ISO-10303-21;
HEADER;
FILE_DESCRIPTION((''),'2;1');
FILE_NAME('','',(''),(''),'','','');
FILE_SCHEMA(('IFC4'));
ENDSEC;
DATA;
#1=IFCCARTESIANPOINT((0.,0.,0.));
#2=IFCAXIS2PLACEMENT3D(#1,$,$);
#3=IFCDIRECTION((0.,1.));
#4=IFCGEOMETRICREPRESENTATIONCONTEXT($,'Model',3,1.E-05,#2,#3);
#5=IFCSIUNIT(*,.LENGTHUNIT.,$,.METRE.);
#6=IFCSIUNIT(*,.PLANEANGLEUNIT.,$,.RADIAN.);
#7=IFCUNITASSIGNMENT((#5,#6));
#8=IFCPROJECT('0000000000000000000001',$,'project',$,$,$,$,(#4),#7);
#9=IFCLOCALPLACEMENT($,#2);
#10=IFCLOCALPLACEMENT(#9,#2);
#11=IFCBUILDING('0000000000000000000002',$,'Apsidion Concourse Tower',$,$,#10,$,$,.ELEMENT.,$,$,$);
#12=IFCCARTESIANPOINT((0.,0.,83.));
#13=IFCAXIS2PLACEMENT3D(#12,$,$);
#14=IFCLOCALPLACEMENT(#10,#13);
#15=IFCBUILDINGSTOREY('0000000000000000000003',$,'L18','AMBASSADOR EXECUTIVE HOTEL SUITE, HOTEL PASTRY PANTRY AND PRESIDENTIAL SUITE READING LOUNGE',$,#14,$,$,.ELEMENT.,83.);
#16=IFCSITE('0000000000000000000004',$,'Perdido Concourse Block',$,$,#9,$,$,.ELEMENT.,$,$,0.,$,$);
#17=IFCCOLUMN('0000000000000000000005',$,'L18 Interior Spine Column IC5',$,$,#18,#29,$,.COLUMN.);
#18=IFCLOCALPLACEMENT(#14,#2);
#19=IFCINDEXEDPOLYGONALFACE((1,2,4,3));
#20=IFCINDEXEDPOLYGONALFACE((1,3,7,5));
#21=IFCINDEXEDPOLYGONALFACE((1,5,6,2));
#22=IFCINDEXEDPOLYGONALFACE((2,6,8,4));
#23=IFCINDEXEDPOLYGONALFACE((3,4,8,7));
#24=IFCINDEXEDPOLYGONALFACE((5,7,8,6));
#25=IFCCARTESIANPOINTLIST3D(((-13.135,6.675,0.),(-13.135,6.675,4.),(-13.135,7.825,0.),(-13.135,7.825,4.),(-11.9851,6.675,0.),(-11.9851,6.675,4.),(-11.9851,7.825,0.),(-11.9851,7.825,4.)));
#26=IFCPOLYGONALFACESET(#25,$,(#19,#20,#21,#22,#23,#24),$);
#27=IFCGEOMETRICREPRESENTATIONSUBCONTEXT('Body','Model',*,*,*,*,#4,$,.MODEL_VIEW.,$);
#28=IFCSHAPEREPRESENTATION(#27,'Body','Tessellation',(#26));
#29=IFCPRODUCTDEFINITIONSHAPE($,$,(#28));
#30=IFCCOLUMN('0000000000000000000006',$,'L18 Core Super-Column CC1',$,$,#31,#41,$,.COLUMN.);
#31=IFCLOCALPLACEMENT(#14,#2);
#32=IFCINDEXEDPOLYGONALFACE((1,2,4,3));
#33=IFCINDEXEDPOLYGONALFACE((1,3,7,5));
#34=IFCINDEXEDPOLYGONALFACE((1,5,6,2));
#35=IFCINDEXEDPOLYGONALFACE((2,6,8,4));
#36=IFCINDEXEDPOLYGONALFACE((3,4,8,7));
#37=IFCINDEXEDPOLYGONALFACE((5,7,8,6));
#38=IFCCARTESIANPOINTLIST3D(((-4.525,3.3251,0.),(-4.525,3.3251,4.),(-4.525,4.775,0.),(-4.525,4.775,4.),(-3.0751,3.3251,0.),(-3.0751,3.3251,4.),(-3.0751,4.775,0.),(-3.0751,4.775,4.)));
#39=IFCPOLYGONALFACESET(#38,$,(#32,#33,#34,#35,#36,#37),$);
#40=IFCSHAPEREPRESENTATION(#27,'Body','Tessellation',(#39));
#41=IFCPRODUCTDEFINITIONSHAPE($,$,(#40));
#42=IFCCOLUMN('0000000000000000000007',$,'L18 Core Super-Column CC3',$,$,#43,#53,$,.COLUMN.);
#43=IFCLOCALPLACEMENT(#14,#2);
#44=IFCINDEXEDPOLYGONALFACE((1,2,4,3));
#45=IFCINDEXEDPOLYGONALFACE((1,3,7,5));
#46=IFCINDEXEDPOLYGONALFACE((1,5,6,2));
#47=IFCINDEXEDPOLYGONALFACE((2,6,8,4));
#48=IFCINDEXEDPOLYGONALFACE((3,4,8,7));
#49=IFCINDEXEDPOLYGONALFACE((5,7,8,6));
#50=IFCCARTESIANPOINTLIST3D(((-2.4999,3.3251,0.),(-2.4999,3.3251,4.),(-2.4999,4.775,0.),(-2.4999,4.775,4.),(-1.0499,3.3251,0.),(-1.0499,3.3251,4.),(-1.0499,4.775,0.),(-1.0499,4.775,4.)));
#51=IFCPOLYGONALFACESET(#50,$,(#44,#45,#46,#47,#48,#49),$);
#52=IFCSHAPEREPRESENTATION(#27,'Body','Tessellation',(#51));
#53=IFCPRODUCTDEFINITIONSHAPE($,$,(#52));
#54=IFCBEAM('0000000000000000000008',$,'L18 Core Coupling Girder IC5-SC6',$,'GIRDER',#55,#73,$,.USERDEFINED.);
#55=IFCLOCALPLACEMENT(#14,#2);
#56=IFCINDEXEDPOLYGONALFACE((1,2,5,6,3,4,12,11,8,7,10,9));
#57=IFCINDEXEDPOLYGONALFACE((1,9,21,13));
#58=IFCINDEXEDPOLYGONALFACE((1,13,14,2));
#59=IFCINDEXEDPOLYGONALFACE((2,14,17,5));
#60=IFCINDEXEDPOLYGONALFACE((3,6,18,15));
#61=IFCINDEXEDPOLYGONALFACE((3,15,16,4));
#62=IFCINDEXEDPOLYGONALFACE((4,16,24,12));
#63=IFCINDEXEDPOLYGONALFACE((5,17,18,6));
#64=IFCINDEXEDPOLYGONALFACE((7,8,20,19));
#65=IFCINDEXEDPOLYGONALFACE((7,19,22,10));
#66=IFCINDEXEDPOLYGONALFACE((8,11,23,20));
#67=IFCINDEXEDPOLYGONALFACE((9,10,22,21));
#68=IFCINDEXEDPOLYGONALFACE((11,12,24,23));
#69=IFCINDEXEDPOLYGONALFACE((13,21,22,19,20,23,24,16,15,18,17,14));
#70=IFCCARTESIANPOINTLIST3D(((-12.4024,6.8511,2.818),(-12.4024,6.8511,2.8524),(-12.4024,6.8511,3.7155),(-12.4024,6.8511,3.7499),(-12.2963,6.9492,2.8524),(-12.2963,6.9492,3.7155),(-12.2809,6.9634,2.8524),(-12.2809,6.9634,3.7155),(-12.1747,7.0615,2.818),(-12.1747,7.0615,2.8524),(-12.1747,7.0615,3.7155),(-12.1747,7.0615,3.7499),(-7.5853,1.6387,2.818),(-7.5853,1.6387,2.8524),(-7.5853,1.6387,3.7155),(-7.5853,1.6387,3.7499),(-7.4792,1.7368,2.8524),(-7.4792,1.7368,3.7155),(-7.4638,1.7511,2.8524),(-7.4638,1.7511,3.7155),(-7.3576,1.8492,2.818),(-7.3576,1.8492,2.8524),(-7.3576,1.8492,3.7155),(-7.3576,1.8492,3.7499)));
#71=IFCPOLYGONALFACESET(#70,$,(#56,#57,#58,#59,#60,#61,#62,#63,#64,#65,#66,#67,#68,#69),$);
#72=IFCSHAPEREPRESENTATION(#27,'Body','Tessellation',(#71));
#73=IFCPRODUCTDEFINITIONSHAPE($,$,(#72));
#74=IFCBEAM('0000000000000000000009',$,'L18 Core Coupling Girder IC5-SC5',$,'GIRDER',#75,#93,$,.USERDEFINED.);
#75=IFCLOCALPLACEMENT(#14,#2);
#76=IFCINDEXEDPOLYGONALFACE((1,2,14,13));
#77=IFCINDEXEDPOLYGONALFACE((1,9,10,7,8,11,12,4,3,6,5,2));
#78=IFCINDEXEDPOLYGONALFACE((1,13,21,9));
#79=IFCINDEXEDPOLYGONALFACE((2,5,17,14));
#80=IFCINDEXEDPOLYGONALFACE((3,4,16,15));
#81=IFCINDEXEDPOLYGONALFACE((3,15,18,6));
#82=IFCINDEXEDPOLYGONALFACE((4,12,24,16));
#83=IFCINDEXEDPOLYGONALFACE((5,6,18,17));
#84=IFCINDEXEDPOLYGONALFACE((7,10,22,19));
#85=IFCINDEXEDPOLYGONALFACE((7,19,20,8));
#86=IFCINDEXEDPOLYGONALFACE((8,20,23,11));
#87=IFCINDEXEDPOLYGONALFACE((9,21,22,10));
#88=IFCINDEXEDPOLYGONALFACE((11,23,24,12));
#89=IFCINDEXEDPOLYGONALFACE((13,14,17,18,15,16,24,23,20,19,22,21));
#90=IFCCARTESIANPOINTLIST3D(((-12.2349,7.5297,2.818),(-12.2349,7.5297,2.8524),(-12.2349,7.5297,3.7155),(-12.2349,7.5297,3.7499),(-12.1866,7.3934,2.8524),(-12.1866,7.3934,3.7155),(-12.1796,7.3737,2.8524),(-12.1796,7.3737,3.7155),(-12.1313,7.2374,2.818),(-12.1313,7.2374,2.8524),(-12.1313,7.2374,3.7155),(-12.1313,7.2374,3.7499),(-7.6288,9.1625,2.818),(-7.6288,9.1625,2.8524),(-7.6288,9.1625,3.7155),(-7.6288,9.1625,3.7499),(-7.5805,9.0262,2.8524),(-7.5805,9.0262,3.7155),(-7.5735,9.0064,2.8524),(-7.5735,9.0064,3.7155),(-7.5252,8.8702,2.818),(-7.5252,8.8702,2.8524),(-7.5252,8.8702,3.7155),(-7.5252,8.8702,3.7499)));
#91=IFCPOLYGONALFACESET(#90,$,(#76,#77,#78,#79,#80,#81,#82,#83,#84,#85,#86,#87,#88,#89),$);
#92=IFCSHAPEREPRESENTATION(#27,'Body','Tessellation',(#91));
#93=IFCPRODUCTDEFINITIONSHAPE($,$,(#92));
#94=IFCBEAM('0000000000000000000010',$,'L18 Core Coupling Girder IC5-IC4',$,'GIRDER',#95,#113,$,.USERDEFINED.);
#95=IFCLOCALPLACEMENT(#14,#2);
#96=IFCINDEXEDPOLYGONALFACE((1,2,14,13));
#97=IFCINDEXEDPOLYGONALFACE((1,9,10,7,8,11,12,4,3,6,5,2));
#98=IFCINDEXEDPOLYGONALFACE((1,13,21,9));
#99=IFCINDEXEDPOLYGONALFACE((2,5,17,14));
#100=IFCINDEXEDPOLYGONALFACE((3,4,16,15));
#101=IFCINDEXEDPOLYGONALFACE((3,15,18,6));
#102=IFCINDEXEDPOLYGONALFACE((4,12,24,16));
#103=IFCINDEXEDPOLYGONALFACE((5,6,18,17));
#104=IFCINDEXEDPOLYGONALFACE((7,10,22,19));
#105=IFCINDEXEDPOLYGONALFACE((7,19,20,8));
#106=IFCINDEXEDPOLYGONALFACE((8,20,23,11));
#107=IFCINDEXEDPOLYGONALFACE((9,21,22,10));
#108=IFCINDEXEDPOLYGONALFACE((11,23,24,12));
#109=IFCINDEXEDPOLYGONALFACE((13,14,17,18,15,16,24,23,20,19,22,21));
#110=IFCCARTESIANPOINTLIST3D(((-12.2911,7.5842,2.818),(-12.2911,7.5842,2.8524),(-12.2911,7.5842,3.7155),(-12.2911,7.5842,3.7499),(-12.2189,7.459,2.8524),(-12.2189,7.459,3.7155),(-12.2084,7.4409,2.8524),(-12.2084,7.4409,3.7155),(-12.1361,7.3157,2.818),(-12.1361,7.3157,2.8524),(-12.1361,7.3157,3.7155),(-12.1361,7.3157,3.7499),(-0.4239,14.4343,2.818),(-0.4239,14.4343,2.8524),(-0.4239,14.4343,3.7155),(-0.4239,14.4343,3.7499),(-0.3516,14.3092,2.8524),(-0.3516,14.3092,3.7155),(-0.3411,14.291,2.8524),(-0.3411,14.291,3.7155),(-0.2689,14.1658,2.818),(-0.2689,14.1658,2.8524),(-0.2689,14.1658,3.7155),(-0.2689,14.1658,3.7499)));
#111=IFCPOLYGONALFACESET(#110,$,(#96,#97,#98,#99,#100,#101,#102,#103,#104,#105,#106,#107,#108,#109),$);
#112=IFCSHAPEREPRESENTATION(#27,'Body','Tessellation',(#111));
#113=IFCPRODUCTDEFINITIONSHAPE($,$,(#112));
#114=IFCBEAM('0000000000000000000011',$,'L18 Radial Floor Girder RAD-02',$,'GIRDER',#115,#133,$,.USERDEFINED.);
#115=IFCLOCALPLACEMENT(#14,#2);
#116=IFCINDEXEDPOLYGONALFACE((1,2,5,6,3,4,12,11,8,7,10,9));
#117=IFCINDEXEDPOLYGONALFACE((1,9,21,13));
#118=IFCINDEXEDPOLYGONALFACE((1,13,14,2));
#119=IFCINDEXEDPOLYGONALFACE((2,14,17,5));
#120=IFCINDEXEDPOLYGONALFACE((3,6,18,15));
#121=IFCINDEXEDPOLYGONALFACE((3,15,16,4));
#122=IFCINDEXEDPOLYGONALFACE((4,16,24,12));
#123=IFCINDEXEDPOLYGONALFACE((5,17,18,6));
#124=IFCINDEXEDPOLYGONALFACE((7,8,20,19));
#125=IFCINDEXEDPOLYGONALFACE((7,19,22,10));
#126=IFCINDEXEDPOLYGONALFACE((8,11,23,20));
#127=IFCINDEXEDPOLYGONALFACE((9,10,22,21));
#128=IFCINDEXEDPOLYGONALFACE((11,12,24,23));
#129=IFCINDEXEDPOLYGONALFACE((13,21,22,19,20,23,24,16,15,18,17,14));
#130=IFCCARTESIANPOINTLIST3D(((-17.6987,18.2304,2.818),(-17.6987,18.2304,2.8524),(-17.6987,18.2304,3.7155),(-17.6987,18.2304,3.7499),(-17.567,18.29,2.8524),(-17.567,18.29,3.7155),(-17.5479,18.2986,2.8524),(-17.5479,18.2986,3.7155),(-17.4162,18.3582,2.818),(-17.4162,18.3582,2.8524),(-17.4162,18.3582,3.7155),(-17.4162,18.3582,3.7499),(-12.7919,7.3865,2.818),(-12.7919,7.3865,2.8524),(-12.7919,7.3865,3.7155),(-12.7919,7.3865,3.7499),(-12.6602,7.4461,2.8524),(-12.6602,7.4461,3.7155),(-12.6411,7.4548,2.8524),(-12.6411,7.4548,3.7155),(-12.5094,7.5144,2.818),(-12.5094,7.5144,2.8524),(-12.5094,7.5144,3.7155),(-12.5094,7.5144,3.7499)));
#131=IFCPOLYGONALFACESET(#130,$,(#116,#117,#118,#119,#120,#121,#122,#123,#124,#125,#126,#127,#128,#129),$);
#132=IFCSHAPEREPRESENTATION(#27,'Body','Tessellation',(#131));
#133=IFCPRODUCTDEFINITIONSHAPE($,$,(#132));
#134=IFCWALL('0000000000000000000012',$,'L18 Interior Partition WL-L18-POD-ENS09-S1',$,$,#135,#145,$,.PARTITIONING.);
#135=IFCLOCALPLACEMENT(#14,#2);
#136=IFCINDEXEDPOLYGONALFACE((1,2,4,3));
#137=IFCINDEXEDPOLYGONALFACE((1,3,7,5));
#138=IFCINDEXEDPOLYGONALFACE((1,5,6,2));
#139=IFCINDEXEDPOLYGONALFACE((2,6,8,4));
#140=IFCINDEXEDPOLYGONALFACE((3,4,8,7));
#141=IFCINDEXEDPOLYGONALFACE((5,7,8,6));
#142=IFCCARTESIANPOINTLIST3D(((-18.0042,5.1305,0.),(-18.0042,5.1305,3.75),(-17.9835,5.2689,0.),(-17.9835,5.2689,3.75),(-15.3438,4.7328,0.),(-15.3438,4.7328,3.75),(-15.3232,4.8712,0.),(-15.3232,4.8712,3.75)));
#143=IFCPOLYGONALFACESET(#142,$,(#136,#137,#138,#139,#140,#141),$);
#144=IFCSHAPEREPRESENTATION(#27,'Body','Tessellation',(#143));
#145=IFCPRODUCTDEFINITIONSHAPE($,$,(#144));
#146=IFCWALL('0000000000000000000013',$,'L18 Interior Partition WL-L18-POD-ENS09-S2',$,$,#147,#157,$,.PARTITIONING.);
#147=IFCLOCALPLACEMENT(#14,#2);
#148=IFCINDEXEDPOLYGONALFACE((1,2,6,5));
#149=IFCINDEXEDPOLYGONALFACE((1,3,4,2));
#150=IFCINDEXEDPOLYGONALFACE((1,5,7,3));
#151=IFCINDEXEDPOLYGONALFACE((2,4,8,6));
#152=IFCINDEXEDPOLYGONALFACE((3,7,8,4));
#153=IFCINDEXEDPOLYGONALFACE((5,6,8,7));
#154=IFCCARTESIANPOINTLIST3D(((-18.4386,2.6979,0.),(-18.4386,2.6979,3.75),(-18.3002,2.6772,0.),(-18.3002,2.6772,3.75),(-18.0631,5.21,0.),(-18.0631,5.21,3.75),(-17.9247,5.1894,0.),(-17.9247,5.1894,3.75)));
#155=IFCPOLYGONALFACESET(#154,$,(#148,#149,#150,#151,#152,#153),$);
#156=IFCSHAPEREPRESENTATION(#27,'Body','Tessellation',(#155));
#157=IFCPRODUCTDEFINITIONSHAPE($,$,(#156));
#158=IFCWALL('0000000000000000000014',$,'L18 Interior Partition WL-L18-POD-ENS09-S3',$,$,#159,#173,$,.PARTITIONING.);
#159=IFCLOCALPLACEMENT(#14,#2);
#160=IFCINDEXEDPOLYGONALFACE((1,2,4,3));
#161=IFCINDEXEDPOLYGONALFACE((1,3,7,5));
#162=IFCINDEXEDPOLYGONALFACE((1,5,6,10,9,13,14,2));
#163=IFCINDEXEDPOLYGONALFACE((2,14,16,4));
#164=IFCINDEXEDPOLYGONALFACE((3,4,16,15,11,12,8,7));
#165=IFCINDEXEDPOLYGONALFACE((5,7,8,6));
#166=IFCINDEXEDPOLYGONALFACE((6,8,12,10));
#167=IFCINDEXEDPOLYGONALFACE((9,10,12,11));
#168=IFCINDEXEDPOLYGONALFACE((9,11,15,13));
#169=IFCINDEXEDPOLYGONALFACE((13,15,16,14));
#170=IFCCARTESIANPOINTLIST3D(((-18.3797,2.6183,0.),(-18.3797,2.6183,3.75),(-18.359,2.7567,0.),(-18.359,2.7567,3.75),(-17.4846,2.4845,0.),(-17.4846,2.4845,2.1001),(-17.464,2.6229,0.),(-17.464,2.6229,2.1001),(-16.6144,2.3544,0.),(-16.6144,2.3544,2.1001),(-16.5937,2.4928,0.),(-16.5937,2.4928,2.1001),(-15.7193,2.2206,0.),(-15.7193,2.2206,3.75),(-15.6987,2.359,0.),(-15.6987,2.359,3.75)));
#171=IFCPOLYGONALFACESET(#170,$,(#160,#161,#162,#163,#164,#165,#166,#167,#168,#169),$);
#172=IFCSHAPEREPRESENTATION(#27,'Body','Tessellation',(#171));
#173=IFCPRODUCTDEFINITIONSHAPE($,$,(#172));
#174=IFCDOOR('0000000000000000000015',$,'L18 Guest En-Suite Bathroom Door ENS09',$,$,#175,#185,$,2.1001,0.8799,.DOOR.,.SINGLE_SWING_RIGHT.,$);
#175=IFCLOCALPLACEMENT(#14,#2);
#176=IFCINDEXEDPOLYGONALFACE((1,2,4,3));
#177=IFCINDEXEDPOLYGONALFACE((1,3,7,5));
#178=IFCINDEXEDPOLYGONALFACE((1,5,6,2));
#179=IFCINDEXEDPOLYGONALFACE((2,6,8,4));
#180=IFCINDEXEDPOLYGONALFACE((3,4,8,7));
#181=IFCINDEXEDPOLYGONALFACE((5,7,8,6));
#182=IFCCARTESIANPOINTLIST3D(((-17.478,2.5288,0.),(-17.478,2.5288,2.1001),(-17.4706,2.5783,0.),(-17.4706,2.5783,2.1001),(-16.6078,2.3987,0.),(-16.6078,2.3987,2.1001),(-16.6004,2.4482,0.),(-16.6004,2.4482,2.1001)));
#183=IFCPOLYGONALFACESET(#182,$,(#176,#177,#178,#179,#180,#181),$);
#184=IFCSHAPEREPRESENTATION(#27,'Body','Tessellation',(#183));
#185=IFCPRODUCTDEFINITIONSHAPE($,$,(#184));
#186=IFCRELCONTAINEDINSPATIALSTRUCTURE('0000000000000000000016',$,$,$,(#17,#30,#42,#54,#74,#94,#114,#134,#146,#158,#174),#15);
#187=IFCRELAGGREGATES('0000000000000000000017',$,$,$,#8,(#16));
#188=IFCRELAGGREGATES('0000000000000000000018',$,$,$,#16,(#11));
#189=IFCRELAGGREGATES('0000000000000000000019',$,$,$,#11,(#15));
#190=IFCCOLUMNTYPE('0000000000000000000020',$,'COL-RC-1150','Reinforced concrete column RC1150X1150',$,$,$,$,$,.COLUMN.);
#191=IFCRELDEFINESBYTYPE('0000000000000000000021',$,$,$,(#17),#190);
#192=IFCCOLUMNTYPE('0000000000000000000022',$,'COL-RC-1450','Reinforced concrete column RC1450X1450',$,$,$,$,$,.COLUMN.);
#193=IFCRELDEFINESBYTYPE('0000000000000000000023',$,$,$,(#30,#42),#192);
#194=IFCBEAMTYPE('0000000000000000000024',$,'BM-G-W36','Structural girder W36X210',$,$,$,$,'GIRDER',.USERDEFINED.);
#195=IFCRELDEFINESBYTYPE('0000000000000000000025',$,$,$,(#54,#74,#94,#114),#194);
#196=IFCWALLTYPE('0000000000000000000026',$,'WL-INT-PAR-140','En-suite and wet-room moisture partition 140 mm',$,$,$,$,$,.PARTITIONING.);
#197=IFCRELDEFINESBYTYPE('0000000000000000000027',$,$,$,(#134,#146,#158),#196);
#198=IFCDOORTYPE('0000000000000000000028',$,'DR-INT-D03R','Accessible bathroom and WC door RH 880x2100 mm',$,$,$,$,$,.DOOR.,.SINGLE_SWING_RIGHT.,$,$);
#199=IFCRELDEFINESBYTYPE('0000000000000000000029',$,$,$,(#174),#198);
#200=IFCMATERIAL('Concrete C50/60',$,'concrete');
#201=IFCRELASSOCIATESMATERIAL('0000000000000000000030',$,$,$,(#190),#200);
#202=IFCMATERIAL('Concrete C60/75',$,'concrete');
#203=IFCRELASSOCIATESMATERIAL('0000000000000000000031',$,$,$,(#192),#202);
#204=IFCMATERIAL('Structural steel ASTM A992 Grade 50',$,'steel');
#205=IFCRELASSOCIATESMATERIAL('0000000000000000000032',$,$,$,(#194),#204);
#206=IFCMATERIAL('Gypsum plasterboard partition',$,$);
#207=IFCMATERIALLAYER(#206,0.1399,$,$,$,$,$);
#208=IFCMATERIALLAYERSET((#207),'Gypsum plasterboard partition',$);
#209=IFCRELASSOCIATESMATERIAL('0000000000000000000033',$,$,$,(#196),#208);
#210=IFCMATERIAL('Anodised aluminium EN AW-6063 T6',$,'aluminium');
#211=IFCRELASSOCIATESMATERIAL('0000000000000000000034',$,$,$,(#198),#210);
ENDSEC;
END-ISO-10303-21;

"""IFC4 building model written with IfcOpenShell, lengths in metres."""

from ifc_helpers import new_model, si_unit, direction, frame, frame_2d, origin, origin_2d, place, context, subcontext, project, spatial, rectangle, i_section, extrude, material, layer, layer_set, material_profile, profile_set, type_object, element, fill, save


model = new_model("IFC4")

# Units and contexts
model_context = context("Model", 3, precision=1e-05, world=origin(), true_north=direction((0.0, 1.0)))
body_context = subcontext(model_context, "Body", "Model", "MODEL_VIEW")
ifc_project = project(units=[si_unit("LENGTHUNIT", "METRE"), si_unit("PLANEANGLEUNIT", "RADIAN")], contexts=[model_context])

# Site, building, storey
site_placement = place(None, origin())
site = spatial("IfcSite", under=ifc_project, at=site_placement, Name="Perdido Concourse Block", CompositionType="ELEMENT", RefElevation=0.0)
building_placement = place(site_placement, origin())
building = spatial("IfcBuilding", under=site, at=building_placement, Name="Apsidion Concourse Tower", CompositionType="ELEMENT")
storey_placement = place(building_placement, frame((0.0, 0.0, 83.0)))
storey = spatial("IfcBuildingStorey", under=building, at=storey_placement, Name="L18", Description="AMBASSADOR EXECUTIVE HOTEL SUITE, HOTEL PASTRY PANTRY AND PRESIDENTIAL SUITE READING LOUNGE", CompositionType="ELEMENT", Elevation=83.0)

# Columns
ifc_material_1 = material(Name="Concrete C50/60", Category="concrete")
ifc_material_profile_1 = material_profile(ifc_material_1, rectangle(XDim=1.1499, YDim=1.1499, at=origin_2d()), Name="RC 1150x1150")
ifc_profile_set_1 = profile_set([ifc_material_profile_1], Name="Concrete C50/60")
column_type_1 = type_object("IfcColumnType", Name="COL-RC-1150", Description="Reinforced concrete column RC1150X1150", PredefinedType="COLUMN", material=ifc_profile_set_1)
column_placement = place(storey_placement, frame((-12.5601, 7.25, 0.0), z_axis=(0.0, 0.0, 1.0), x_axis=(1.0, 0.0, 0.0)))
element("IfcColumn", 1, at=column_placement, inside=storey, type_object=column_type_1, Name="L18 Interior Spine Column IC5", PredefinedType="COLUMN", context=body_context, shape_type="SweptSolid", body=[
    extrude(rectangle(XDim=1.1499, YDim=1.1499, at=origin_2d()), origin(), (0.0, 0.0, 1.0), 4.0),
])
ifc_material_2 = material(Name="Concrete C60/75", Category="concrete")
ifc_material_profile_2 = material_profile(ifc_material_2, rectangle(XDim=1.45, YDim=1.45, at=origin_2d()), Name="RC 1450x1450")
ifc_profile_set_2 = profile_set([ifc_material_profile_2], Name="Concrete C60/75")
column_type_2 = type_object("IfcColumnType", Name="COL-RC-1450", Description="Reinforced concrete column RC1450X1450", PredefinedType="COLUMN", material=ifc_profile_set_2)
for number, where, z_axis, x_axis, name in (
    (2, (-3.8, 4.05, 0.0), (0.0, 0.0, 1.0), (1.0, 0.0, 0.0), "L18 Core Super-Column CC1"),
    (3, (-1.7749, 4.05, 0.0), (0.0, 0.0, 1.0), (1.0, 0.0, 0.0), "L18 Core Super-Column CC3"),
):
    element("IfcColumn", number, at=place(storey_placement, frame(where, z_axis=z_axis, x_axis=x_axis)), inside=storey, type_object=column_type_2, Name=name, PredefinedType="COLUMN", context=body_context, shape_type="SweptSolid", body=[
        extrude(rectangle(XDim=1.45, YDim=1.45, at=origin_2d()), origin(), (0.0, 0.0, 1.0), 4.0),
    ])

# Beams
ifc_material_3 = material(Name="Structural steel ASTM A992 Grade 50", Category="steel")
ifc_material_profile_3 = material_profile(ifc_material_3, i_section(OverallWidth=0.3101, OverallDepth=0.9319, WebThickness=0.021, FlangeThickness=0.0344, at=origin_2d()), Name="W36X210")
ifc_profile_set_3 = profile_set([ifc_material_profile_3], Name="Structural steel ASTM A992 Grade 50")
beam_type = type_object("IfcBeamType", Name="BM-G-W36", Description="Structural girder W36X210", ElementType="GIRDER", PredefinedType="USERDEFINED", material=ifc_profile_set_3)
beam_1_placement = place(storey_placement, frame((-12.2886, 6.9563, 3.2839), z_axis=(0.678713, -0.734404, 0.0), x_axis=(0.734404, 0.678713, 0.0)))
element("IfcBeam", 4, at=beam_1_placement, inside=storey, type_object=beam_type, Name="L18 Core Coupling Girder IC5-SC6", ObjectType="GIRDER", PredefinedType="USERDEFINED", context=body_context, shape_type="SweptSolid", body=[
    extrude(i_section(OverallWidth=0.3101, OverallDepth=0.9319, WebThickness=0.021, FlangeThickness=0.0344, at=origin_2d()), origin(), (0.0, 0.0, 1.0), 7.0974),
])
beam_2_placement = place(storey_placement, frame((-12.1831, 7.3835, 3.2839), z_axis=(0.942534, 0.334111, 0.0), x_axis=(-0.334111, 0.942534, 0.0)))
element("IfcBeam", 5, at=beam_2_placement, inside=storey, type_object=beam_type, Name="L18 Core Coupling Girder IC5-SC5", ObjectType="GIRDER", PredefinedType="USERDEFINED", context=body_context, shape_type="SweptSolid", body=[
    extrude(i_section(OverallWidth=0.3101, OverallDepth=0.9319, WebThickness=0.021, FlangeThickness=0.0344, at=origin_2d()), origin(), (0.0, 0.0, 1.0), 4.887),
])
beam_3_placement = place(storey_placement, frame((-12.2136, 7.45, 3.2839), z_axis=(0.86607, 0.499922, 0.0), x_axis=(-0.499922, 0.86607, 0.0)))
element("IfcBeam", 6, at=beam_3_placement, inside=storey, type_object=beam_type, Name="L18 Core Coupling Girder IC5-IC4", ObjectType="GIRDER", PredefinedType="USERDEFINED", context=body_context, shape_type="SweptSolid", body=[
    extrude(i_section(OverallWidth=0.3101, OverallDepth=0.9319, WebThickness=0.021, FlangeThickness=0.0344, at=origin_2d()), origin(), (0.0, 0.0, 1.0), 13.7024),
])
beam_4_placement = place(storey_placement, frame((-12.6506, 7.4504, 3.2839), z_axis=(-0.412254, 0.911069, 0.0), x_axis=(-0.911069, -0.412254, 0.0)))
element("IfcBeam", 7, at=beam_4_placement, inside=storey, type_object=beam_type, Name="L18 Radial Floor Girder RAD-02", ObjectType="GIRDER", PredefinedType="USERDEFINED", context=body_context, shape_type="SweptSolid", body=[
    extrude(i_section(OverallWidth=0.3101, OverallDepth=0.9319, WebThickness=0.021, FlangeThickness=0.0344, at=origin_2d()), origin(), (0.0, 0.0, 1.0), 11.9023),
])

# Walls
ifc_material_4 = material(Name="Gypsum plasterboard partition")
ifc_layer_1 = layer(ifc_material_4, 0.1399)
ifc_layer_set_1 = layer_set([ifc_layer_1], Name="Gypsum plasterboard partition")
wall_type_1 = type_object("IfcWallType", Name="WL-INT-PAR-140", Description="En-suite and wet-room moisture partition 140 mm", PredefinedType="PARTITIONING", material=ifc_layer_set_1)
wall_1_placement = place(storey_placement, frame((-15.3335, 4.802, 0.0), z_axis=(0.0, 0.0, 1.0), x_axis=(-0.98901, 0.147848, 0.0)))
element("IfcWall", 8, at=wall_1_placement, inside=storey, type_object=wall_type_1, Name="L18 Interior Partition WL-L18-POD-ENS09-S1", PredefinedType="PARTITIONING", context=body_context, shape_type="SweptSolid", body=[
    extrude(rectangle(XDim=2.6899, YDim=0.1399, at=frame_2d((1.345, 0.0))), origin(), (0.0, 0.0, 1.0), 3.75),
])
wall_2_placement = place(storey_placement, frame((-17.9939, 5.1997, 0.0), z_axis=(0.0, 0.0, 1.0), x_axis=(-0.147823, -0.989014, 0.0)))
element("IfcWall", 9, at=wall_2_placement, inside=storey, type_object=wall_type_1, Name="L18 Interior Partition WL-L18-POD-ENS09-S2", PredefinedType="PARTITIONING", context=body_context, shape_type="SweptSolid", body=[
    extrude(rectangle(XDim=2.54, YDim=0.1399, at=frame_2d((1.27, 0.0))), origin(), (0.0, 0.0, 1.0), 3.75),
])

# Wall, opening, door
wall_3_placement = place(storey_placement, frame((-18.3694, 2.6875, 0.0), z_axis=(0.0, 0.0, 1.0), x_axis=(0.98901, -0.147848, 0.0)))
wall_3 = element("IfcWall", 10, at=wall_3_placement, inside=storey, type_object=wall_type_1, Name="L18 Interior Partition WL-L18-POD-ENS09-S3", PredefinedType="PARTITIONING", context=body_context, shape_type="SweptSolid", body=[
    extrude(rectangle(XDim=2.6899, YDim=0.1399, at=frame_2d((1.345, 0.0))), origin(), (0.0, 0.0, 1.0), 3.75),
])
opening_placement = place(wall_3_placement, frame((0.905, 0.0, 0.0)))
opening = element("IfcOpeningElement", 11, at=opening_placement, cuts=wall_3, PredefinedType="OPENING", context=body_context, shape_type="SweptSolid", body=[
    extrude(rectangle(XDim=0.8799, YDim=2.1001, at=frame_2d((0.4399, 1.05))), frame((0.0, 0.0801, 0.0), z_axis=(0.0, -1.0, 0.0), x_axis=(1.0, 0.0, 0.0)), (0.0, 0.0, 1.0), 0.1599),
])
ifc_material_5 = material(Name="Anodised aluminium EN AW-6063 T6", Category="aluminium")
door_type = type_object("IfcDoorType", Name="DR-INT-D03R", Description="Accessible bathroom and WC door RH 880x2100 mm", OperationType="SINGLE_SWING_RIGHT", PredefinedType="DOOR", material=ifc_material_5)
door_placement = place(opening_placement, origin())
door = element("IfcDoor", 12, at=door_placement, inside=storey, type_object=door_type, Name="L18 Guest En-Suite Bathroom Door ENS09", OperationType="SINGLE_SWING_RIGHT", OverallHeight=2.1001, OverallWidth=0.8799, PredefinedType="DOOR", context=body_context, shape_type="SweptSolid", body=[
    extrude(rectangle(XDim=0.8799, YDim=2.1001, at=frame_2d((0.4399, 1.05))), frame((0.0, 0.0249, 0.0), z_axis=(0.0, -1.0, 0.0), x_axis=(1.0, 0.0, 0.0)), (0.0, 0.0, 1.0), 0.05),
])
fill(opening, door)

save(model, "model.ifc")
